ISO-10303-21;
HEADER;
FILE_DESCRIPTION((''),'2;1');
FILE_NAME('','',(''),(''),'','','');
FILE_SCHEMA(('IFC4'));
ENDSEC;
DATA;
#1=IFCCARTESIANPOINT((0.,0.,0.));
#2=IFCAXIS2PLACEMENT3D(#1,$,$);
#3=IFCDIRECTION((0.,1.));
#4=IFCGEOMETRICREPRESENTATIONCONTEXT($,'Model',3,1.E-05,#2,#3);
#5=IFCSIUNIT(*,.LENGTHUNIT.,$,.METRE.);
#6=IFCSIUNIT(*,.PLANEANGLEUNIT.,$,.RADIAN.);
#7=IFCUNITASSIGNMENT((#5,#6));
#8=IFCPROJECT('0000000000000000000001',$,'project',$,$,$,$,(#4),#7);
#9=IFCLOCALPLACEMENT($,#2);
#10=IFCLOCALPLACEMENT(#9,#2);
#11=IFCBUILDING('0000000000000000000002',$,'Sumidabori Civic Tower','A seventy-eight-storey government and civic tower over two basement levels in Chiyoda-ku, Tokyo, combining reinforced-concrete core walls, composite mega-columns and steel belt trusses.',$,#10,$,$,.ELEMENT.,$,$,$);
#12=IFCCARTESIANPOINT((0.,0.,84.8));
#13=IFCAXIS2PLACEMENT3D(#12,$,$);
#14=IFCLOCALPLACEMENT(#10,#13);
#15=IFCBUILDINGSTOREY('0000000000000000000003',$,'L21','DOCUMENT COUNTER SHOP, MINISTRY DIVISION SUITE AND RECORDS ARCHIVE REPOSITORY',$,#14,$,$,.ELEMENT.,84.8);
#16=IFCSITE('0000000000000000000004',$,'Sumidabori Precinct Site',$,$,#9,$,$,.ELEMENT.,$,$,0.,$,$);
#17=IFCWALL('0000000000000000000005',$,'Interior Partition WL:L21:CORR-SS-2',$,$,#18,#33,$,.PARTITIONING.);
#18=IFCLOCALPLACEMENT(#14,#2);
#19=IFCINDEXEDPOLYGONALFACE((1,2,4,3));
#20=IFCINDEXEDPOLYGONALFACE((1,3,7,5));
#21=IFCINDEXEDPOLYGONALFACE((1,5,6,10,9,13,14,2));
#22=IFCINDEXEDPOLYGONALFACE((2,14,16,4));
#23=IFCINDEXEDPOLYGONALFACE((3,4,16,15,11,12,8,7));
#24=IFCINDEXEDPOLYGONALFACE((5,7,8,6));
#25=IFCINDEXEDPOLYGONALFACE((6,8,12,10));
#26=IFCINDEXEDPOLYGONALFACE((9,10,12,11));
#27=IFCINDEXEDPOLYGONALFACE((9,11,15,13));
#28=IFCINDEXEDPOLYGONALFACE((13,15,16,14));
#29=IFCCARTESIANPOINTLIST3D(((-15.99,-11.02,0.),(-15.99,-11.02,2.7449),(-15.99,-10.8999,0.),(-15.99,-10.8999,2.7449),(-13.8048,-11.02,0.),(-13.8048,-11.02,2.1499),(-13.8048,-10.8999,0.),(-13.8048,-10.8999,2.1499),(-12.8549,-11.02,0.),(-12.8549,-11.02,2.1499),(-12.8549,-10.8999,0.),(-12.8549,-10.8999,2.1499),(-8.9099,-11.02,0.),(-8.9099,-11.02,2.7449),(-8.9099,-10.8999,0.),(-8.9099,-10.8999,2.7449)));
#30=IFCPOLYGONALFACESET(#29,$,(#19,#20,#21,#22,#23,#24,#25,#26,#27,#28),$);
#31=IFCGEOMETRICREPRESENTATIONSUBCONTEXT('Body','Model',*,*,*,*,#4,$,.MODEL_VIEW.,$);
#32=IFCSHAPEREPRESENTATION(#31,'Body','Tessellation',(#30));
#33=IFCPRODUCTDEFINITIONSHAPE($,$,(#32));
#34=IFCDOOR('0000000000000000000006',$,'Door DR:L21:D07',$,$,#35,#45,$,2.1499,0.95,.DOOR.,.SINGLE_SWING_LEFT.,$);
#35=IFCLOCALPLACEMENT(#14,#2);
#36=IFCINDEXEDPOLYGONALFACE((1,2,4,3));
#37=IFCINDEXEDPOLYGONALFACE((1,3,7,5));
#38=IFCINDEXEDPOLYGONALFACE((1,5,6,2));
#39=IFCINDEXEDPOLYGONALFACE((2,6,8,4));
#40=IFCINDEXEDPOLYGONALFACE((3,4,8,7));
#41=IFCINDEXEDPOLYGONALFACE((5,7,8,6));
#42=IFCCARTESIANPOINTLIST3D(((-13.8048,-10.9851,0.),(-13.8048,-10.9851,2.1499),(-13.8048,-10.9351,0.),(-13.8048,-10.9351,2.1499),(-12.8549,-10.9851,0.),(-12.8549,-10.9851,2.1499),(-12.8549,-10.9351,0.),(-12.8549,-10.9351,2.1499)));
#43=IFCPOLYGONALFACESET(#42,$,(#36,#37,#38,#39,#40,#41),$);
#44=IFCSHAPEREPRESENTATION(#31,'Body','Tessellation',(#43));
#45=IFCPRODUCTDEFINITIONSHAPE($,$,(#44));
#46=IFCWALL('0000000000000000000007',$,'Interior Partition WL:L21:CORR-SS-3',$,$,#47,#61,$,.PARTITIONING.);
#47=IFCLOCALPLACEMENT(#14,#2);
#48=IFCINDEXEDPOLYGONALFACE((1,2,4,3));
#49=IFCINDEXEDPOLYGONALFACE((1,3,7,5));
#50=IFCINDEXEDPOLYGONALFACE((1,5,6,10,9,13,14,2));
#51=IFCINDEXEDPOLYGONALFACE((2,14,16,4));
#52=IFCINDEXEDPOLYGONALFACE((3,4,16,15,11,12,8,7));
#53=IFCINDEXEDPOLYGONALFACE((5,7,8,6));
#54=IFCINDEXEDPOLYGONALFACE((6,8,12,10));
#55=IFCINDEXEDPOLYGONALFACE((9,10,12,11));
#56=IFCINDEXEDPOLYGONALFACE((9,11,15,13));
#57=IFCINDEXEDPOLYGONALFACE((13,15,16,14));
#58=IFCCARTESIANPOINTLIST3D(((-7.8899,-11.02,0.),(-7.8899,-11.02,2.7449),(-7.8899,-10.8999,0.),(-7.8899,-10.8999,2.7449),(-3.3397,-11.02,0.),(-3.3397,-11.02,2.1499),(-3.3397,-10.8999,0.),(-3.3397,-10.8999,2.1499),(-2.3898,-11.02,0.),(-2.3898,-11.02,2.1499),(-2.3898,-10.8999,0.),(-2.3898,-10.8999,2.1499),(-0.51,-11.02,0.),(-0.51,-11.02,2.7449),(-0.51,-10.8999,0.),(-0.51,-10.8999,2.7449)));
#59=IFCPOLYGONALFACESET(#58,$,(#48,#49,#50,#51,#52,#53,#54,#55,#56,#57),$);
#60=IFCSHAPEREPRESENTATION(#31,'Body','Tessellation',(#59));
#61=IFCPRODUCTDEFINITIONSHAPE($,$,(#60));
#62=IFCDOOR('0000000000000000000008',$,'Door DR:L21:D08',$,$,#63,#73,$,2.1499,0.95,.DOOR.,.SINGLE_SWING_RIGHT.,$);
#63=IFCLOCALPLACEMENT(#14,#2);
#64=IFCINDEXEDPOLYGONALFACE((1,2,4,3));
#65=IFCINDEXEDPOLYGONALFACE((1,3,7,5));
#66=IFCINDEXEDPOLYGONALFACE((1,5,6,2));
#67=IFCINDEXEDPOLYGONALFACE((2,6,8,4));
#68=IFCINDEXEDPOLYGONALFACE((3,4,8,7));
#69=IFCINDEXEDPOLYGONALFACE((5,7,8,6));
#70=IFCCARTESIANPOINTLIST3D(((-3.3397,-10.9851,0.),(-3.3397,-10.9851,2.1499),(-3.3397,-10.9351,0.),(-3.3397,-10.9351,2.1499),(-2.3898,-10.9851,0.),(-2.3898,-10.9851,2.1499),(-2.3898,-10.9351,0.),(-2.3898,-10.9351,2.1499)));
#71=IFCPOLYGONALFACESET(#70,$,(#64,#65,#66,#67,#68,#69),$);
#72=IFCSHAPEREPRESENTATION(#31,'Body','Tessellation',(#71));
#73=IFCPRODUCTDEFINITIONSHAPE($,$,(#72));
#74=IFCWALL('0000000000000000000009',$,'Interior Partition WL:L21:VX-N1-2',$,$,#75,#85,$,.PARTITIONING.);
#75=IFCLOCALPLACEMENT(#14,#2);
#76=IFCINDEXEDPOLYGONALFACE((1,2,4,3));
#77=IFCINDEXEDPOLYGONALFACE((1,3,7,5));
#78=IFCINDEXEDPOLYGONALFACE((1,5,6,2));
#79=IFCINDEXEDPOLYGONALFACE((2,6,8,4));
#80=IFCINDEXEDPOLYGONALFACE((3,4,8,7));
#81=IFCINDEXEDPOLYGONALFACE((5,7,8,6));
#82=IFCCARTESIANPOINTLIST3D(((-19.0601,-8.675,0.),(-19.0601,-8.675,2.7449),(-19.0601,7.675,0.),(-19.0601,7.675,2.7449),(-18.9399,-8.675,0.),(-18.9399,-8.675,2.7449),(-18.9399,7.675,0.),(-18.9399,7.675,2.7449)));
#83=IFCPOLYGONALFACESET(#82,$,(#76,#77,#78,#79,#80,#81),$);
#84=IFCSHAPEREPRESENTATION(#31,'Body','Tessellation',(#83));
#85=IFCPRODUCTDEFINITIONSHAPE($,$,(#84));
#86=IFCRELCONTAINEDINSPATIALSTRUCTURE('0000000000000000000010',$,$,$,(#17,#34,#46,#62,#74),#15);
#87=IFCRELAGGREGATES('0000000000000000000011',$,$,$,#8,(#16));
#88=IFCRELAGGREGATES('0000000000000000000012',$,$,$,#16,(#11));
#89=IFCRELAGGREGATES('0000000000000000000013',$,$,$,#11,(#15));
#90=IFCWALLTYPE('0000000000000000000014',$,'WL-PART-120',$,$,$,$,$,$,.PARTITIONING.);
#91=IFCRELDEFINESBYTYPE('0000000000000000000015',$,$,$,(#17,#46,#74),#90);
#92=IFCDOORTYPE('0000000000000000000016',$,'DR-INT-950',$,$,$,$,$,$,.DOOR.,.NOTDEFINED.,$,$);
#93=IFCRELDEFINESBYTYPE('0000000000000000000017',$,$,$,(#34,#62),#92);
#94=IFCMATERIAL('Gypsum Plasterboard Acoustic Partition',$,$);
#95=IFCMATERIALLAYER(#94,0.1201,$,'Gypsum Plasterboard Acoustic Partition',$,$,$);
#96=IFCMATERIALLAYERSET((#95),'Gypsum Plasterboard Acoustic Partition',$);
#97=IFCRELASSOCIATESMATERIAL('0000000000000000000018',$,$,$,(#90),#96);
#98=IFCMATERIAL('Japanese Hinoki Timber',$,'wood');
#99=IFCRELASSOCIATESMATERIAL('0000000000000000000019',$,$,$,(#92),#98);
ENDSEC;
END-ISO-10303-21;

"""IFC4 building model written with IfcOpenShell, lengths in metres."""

from ifc_helpers import new_model, si_unit, direction, frame, frame_2d, origin, place, context, subcontext, project, spatial, rectangle, extrude, source, transform, mapped, material, layer, layer_set, type_object, element, fill, save


model = new_model("IFC4")

# Units and contexts
model_context = context("Model", 3, precision=1e-05, world=origin(), true_north=direction((0.0, 1.0)))
body_context = subcontext(model_context, "Body", "Model", "MODEL_VIEW")
ifc_project = project(units=[si_unit("LENGTHUNIT", "METRE"), si_unit("PLANEANGLEUNIT", "RADIAN")], contexts=[model_context])

# Site, building, storey
site_placement = place(None, origin())
site = spatial("IfcSite", under=ifc_project, at=site_placement, Name="Sumidabori Precinct Site", CompositionType="ELEMENT", RefElevation=0.0)
building_placement = place(site_placement, origin())
building = spatial("IfcBuilding", under=site, at=building_placement, Name="Sumidabori Civic Tower", Description="A seventy-eight-storey government and civic tower over two basement levels in Chiyoda-ku, Tokyo, combining reinforced-concrete core walls, composite mega-columns and steel belt trusses.", CompositionType="ELEMENT")
storey_placement = place(building_placement, frame((0.0, 0.0, 84.8)))
storey = spatial("IfcBuildingStorey", under=building, at=storey_placement, Name="L21", Description="DOCUMENT COUNTER SHOP, MINISTRY DIVISION SUITE AND RECORDS ARCHIVE REPOSITORY", CompositionType="ELEMENT", Elevation=84.8)

# Shared definitions
ifc_material_1 = material(Name="Gypsum Plasterboard Acoustic Partition")
ifc_layer = layer(ifc_material_1, 0.1201, Name="Gypsum Plasterboard Acoustic Partition")
ifc_layer_set = layer_set([ifc_layer], Name="Gypsum Plasterboard Acoustic Partition")
wall_type = type_object("IfcWallType", Name="WL-PART-120", PredefinedType="PARTITIONING", material=ifc_layer_set)
ifc_material_2 = material(Name="Japanese Hinoki Timber", Category="wood")
door_type = type_object("IfcDoorType", Name="DR-INT-950", OperationType="NOTDEFINED", PredefinedType="DOOR", material=ifc_material_2)
shared_shape_1 = source(origin(), body_context, "Body", "SweptSolid", [
    extrude(rectangle(XDim=0.95, YDim=2.1499, at=frame_2d((0.4751, 1.075))), frame((0.0, 0.0249, 0.0), z_axis=(0.0, -1.0, 0.0), x_axis=(1.0, 0.0, 0.0)), (0.0, 0.0, 1.0), 0.05),
])

# Walls, openings, doors
shared_shape_2 = source(origin(), body_context, "Body", "SweptSolid", [
    extrude(rectangle(XDim=7.0801, YDim=0.1201, at=frame_2d((3.54, 0.0))), origin(), (0.0, 0.0, 1.0), 2.7449),
])
wall_1_placement = place(storey_placement, frame((-15.99, -10.96, 0.0), z_axis=(0.0, 0.0, 1.0), x_axis=(1.0, 0.0, 0.0)))
wall_1 = element("IfcWall", 1, at=wall_1_placement, inside=storey, type_object=wall_type, Name="Interior Partition WL:L21:CORR-SS-2", PredefinedType="PARTITIONING", context=body_context, shape_type="MappedRepresentation", body=[
    mapped(shared_shape_2, transform((0.0, 0.0, 0.0), x_axis=(1.0, 0.0, 0.0), y_axis=(0.0, 1.0, 0.0), z_axis=(0.0, 0.0, 1.0), scale=1.0)),
])
opening_1_placement = place(wall_1_placement, frame((2.1851, 0.0, 0.0)))
opening_1 = element("IfcOpeningElement", 2, at=opening_1_placement, cuts=wall_1, PredefinedType="OPENING", context=body_context, shape_type="SweptSolid", body=[
    extrude(rectangle(XDim=0.95, YDim=2.1499, at=frame_2d((0.4751, 1.075))), frame((0.0, 0.072, 0.0), z_axis=(0.0, -1.0, 0.0), x_axis=(1.0, 0.0, 0.0)), (0.0, 0.0, 1.0), 0.144),
])
door_1_placement = place(opening_1_placement, origin())
door_1 = element("IfcDoor", 3, at=door_1_placement, inside=storey, type_object=door_type, Name="Door DR:L21:D07", OperationType="SINGLE_SWING_LEFT", OverallHeight=2.1499, OverallWidth=0.95, PredefinedType="DOOR", context=body_context, shape_type="MappedRepresentation", body=[
    mapped(shared_shape_1, transform((0.0, 0.0, 0.0), x_axis=(1.0, 0.0, 0.0), y_axis=(0.0, 1.0, 0.0), z_axis=(0.0, 0.0, 1.0), scale=1.0)),
])
fill(opening_1, door_1)
shared_shape_3 = source(origin(), body_context, "Body", "SweptSolid", [
    extrude(rectangle(XDim=7.3799, YDim=0.1201, at=frame_2d((3.6899, 0.0))), origin(), (0.0, 0.0, 1.0), 2.7449),
])
wall_2_placement = place(storey_placement, frame((-7.8899, -10.96, 0.0), z_axis=(0.0, 0.0, 1.0), x_axis=(1.0, 0.0, 0.0)))
wall_2 = element("IfcWall", 4, at=wall_2_placement, inside=storey, type_object=wall_type, Name="Interior Partition WL:L21:CORR-SS-3", PredefinedType="PARTITIONING", context=body_context, shape_type="MappedRepresentation", body=[
    mapped(shared_shape_3, transform((0.0, 0.0, 0.0), x_axis=(1.0, 0.0, 0.0), y_axis=(0.0, 1.0, 0.0), z_axis=(0.0, 0.0, 1.0), scale=1.0)),
])
opening_2_placement = place(wall_2_placement, frame((4.55, 0.0, 0.0)))
opening_2 = element("IfcOpeningElement", 5, at=opening_2_placement, cuts=wall_2, PredefinedType="OPENING", context=body_context, shape_type="SweptSolid", body=[
    extrude(rectangle(XDim=0.95, YDim=2.1499, at=frame_2d((0.4751, 1.075))), frame((0.0, 0.072, 0.0), z_axis=(0.0, -1.0, 0.0), x_axis=(1.0, 0.0, 0.0)), (0.0, 0.0, 1.0), 0.144),
])
door_2_placement = place(opening_2_placement, origin())
door_2 = element("IfcDoor", 6, at=door_2_placement, inside=storey, type_object=door_type, Name="Door DR:L21:D08", OperationType="SINGLE_SWING_RIGHT", OverallHeight=2.1499, OverallWidth=0.95, PredefinedType="DOOR", context=body_context, shape_type="MappedRepresentation", body=[
    mapped(shared_shape_1, transform((0.0, 0.0, 0.0), x_axis=(1.0, 0.0, 0.0), y_axis=(0.0, 1.0, 0.0), z_axis=(0.0, 0.0, 1.0), scale=1.0)),
])
fill(opening_2, door_2)

# Wall
shared_shape_4 = source(origin(), body_context, "Body", "SweptSolid", [
    extrude(rectangle(XDim=16.3501, YDim=0.1201, at=frame_2d((8.175, 0.0))), origin(), (0.0, 0.0, 1.0), 2.7449),
])
wall_3_placement = place(storey_placement, frame((-19.0, -8.675, 0.0), z_axis=(0.0, 0.0, 1.0), x_axis=(0.0, 1.0, 0.0)))
element("IfcWall", 7, at=wall_3_placement, inside=storey, type_object=wall_type, Name="Interior Partition WL:L21:VX-N1-2", PredefinedType="PARTITIONING", context=body_context, shape_type="MappedRepresentation", body=[
    mapped(shared_shape_4, transform((0.0, 0.0, 0.0), x_axis=(1.0, 0.0, 0.0), y_axis=(0.0, 1.0, 0.0), z_axis=(0.0, 0.0, 1.0), scale=1.0)),
])

save(model, "model.ifc")
